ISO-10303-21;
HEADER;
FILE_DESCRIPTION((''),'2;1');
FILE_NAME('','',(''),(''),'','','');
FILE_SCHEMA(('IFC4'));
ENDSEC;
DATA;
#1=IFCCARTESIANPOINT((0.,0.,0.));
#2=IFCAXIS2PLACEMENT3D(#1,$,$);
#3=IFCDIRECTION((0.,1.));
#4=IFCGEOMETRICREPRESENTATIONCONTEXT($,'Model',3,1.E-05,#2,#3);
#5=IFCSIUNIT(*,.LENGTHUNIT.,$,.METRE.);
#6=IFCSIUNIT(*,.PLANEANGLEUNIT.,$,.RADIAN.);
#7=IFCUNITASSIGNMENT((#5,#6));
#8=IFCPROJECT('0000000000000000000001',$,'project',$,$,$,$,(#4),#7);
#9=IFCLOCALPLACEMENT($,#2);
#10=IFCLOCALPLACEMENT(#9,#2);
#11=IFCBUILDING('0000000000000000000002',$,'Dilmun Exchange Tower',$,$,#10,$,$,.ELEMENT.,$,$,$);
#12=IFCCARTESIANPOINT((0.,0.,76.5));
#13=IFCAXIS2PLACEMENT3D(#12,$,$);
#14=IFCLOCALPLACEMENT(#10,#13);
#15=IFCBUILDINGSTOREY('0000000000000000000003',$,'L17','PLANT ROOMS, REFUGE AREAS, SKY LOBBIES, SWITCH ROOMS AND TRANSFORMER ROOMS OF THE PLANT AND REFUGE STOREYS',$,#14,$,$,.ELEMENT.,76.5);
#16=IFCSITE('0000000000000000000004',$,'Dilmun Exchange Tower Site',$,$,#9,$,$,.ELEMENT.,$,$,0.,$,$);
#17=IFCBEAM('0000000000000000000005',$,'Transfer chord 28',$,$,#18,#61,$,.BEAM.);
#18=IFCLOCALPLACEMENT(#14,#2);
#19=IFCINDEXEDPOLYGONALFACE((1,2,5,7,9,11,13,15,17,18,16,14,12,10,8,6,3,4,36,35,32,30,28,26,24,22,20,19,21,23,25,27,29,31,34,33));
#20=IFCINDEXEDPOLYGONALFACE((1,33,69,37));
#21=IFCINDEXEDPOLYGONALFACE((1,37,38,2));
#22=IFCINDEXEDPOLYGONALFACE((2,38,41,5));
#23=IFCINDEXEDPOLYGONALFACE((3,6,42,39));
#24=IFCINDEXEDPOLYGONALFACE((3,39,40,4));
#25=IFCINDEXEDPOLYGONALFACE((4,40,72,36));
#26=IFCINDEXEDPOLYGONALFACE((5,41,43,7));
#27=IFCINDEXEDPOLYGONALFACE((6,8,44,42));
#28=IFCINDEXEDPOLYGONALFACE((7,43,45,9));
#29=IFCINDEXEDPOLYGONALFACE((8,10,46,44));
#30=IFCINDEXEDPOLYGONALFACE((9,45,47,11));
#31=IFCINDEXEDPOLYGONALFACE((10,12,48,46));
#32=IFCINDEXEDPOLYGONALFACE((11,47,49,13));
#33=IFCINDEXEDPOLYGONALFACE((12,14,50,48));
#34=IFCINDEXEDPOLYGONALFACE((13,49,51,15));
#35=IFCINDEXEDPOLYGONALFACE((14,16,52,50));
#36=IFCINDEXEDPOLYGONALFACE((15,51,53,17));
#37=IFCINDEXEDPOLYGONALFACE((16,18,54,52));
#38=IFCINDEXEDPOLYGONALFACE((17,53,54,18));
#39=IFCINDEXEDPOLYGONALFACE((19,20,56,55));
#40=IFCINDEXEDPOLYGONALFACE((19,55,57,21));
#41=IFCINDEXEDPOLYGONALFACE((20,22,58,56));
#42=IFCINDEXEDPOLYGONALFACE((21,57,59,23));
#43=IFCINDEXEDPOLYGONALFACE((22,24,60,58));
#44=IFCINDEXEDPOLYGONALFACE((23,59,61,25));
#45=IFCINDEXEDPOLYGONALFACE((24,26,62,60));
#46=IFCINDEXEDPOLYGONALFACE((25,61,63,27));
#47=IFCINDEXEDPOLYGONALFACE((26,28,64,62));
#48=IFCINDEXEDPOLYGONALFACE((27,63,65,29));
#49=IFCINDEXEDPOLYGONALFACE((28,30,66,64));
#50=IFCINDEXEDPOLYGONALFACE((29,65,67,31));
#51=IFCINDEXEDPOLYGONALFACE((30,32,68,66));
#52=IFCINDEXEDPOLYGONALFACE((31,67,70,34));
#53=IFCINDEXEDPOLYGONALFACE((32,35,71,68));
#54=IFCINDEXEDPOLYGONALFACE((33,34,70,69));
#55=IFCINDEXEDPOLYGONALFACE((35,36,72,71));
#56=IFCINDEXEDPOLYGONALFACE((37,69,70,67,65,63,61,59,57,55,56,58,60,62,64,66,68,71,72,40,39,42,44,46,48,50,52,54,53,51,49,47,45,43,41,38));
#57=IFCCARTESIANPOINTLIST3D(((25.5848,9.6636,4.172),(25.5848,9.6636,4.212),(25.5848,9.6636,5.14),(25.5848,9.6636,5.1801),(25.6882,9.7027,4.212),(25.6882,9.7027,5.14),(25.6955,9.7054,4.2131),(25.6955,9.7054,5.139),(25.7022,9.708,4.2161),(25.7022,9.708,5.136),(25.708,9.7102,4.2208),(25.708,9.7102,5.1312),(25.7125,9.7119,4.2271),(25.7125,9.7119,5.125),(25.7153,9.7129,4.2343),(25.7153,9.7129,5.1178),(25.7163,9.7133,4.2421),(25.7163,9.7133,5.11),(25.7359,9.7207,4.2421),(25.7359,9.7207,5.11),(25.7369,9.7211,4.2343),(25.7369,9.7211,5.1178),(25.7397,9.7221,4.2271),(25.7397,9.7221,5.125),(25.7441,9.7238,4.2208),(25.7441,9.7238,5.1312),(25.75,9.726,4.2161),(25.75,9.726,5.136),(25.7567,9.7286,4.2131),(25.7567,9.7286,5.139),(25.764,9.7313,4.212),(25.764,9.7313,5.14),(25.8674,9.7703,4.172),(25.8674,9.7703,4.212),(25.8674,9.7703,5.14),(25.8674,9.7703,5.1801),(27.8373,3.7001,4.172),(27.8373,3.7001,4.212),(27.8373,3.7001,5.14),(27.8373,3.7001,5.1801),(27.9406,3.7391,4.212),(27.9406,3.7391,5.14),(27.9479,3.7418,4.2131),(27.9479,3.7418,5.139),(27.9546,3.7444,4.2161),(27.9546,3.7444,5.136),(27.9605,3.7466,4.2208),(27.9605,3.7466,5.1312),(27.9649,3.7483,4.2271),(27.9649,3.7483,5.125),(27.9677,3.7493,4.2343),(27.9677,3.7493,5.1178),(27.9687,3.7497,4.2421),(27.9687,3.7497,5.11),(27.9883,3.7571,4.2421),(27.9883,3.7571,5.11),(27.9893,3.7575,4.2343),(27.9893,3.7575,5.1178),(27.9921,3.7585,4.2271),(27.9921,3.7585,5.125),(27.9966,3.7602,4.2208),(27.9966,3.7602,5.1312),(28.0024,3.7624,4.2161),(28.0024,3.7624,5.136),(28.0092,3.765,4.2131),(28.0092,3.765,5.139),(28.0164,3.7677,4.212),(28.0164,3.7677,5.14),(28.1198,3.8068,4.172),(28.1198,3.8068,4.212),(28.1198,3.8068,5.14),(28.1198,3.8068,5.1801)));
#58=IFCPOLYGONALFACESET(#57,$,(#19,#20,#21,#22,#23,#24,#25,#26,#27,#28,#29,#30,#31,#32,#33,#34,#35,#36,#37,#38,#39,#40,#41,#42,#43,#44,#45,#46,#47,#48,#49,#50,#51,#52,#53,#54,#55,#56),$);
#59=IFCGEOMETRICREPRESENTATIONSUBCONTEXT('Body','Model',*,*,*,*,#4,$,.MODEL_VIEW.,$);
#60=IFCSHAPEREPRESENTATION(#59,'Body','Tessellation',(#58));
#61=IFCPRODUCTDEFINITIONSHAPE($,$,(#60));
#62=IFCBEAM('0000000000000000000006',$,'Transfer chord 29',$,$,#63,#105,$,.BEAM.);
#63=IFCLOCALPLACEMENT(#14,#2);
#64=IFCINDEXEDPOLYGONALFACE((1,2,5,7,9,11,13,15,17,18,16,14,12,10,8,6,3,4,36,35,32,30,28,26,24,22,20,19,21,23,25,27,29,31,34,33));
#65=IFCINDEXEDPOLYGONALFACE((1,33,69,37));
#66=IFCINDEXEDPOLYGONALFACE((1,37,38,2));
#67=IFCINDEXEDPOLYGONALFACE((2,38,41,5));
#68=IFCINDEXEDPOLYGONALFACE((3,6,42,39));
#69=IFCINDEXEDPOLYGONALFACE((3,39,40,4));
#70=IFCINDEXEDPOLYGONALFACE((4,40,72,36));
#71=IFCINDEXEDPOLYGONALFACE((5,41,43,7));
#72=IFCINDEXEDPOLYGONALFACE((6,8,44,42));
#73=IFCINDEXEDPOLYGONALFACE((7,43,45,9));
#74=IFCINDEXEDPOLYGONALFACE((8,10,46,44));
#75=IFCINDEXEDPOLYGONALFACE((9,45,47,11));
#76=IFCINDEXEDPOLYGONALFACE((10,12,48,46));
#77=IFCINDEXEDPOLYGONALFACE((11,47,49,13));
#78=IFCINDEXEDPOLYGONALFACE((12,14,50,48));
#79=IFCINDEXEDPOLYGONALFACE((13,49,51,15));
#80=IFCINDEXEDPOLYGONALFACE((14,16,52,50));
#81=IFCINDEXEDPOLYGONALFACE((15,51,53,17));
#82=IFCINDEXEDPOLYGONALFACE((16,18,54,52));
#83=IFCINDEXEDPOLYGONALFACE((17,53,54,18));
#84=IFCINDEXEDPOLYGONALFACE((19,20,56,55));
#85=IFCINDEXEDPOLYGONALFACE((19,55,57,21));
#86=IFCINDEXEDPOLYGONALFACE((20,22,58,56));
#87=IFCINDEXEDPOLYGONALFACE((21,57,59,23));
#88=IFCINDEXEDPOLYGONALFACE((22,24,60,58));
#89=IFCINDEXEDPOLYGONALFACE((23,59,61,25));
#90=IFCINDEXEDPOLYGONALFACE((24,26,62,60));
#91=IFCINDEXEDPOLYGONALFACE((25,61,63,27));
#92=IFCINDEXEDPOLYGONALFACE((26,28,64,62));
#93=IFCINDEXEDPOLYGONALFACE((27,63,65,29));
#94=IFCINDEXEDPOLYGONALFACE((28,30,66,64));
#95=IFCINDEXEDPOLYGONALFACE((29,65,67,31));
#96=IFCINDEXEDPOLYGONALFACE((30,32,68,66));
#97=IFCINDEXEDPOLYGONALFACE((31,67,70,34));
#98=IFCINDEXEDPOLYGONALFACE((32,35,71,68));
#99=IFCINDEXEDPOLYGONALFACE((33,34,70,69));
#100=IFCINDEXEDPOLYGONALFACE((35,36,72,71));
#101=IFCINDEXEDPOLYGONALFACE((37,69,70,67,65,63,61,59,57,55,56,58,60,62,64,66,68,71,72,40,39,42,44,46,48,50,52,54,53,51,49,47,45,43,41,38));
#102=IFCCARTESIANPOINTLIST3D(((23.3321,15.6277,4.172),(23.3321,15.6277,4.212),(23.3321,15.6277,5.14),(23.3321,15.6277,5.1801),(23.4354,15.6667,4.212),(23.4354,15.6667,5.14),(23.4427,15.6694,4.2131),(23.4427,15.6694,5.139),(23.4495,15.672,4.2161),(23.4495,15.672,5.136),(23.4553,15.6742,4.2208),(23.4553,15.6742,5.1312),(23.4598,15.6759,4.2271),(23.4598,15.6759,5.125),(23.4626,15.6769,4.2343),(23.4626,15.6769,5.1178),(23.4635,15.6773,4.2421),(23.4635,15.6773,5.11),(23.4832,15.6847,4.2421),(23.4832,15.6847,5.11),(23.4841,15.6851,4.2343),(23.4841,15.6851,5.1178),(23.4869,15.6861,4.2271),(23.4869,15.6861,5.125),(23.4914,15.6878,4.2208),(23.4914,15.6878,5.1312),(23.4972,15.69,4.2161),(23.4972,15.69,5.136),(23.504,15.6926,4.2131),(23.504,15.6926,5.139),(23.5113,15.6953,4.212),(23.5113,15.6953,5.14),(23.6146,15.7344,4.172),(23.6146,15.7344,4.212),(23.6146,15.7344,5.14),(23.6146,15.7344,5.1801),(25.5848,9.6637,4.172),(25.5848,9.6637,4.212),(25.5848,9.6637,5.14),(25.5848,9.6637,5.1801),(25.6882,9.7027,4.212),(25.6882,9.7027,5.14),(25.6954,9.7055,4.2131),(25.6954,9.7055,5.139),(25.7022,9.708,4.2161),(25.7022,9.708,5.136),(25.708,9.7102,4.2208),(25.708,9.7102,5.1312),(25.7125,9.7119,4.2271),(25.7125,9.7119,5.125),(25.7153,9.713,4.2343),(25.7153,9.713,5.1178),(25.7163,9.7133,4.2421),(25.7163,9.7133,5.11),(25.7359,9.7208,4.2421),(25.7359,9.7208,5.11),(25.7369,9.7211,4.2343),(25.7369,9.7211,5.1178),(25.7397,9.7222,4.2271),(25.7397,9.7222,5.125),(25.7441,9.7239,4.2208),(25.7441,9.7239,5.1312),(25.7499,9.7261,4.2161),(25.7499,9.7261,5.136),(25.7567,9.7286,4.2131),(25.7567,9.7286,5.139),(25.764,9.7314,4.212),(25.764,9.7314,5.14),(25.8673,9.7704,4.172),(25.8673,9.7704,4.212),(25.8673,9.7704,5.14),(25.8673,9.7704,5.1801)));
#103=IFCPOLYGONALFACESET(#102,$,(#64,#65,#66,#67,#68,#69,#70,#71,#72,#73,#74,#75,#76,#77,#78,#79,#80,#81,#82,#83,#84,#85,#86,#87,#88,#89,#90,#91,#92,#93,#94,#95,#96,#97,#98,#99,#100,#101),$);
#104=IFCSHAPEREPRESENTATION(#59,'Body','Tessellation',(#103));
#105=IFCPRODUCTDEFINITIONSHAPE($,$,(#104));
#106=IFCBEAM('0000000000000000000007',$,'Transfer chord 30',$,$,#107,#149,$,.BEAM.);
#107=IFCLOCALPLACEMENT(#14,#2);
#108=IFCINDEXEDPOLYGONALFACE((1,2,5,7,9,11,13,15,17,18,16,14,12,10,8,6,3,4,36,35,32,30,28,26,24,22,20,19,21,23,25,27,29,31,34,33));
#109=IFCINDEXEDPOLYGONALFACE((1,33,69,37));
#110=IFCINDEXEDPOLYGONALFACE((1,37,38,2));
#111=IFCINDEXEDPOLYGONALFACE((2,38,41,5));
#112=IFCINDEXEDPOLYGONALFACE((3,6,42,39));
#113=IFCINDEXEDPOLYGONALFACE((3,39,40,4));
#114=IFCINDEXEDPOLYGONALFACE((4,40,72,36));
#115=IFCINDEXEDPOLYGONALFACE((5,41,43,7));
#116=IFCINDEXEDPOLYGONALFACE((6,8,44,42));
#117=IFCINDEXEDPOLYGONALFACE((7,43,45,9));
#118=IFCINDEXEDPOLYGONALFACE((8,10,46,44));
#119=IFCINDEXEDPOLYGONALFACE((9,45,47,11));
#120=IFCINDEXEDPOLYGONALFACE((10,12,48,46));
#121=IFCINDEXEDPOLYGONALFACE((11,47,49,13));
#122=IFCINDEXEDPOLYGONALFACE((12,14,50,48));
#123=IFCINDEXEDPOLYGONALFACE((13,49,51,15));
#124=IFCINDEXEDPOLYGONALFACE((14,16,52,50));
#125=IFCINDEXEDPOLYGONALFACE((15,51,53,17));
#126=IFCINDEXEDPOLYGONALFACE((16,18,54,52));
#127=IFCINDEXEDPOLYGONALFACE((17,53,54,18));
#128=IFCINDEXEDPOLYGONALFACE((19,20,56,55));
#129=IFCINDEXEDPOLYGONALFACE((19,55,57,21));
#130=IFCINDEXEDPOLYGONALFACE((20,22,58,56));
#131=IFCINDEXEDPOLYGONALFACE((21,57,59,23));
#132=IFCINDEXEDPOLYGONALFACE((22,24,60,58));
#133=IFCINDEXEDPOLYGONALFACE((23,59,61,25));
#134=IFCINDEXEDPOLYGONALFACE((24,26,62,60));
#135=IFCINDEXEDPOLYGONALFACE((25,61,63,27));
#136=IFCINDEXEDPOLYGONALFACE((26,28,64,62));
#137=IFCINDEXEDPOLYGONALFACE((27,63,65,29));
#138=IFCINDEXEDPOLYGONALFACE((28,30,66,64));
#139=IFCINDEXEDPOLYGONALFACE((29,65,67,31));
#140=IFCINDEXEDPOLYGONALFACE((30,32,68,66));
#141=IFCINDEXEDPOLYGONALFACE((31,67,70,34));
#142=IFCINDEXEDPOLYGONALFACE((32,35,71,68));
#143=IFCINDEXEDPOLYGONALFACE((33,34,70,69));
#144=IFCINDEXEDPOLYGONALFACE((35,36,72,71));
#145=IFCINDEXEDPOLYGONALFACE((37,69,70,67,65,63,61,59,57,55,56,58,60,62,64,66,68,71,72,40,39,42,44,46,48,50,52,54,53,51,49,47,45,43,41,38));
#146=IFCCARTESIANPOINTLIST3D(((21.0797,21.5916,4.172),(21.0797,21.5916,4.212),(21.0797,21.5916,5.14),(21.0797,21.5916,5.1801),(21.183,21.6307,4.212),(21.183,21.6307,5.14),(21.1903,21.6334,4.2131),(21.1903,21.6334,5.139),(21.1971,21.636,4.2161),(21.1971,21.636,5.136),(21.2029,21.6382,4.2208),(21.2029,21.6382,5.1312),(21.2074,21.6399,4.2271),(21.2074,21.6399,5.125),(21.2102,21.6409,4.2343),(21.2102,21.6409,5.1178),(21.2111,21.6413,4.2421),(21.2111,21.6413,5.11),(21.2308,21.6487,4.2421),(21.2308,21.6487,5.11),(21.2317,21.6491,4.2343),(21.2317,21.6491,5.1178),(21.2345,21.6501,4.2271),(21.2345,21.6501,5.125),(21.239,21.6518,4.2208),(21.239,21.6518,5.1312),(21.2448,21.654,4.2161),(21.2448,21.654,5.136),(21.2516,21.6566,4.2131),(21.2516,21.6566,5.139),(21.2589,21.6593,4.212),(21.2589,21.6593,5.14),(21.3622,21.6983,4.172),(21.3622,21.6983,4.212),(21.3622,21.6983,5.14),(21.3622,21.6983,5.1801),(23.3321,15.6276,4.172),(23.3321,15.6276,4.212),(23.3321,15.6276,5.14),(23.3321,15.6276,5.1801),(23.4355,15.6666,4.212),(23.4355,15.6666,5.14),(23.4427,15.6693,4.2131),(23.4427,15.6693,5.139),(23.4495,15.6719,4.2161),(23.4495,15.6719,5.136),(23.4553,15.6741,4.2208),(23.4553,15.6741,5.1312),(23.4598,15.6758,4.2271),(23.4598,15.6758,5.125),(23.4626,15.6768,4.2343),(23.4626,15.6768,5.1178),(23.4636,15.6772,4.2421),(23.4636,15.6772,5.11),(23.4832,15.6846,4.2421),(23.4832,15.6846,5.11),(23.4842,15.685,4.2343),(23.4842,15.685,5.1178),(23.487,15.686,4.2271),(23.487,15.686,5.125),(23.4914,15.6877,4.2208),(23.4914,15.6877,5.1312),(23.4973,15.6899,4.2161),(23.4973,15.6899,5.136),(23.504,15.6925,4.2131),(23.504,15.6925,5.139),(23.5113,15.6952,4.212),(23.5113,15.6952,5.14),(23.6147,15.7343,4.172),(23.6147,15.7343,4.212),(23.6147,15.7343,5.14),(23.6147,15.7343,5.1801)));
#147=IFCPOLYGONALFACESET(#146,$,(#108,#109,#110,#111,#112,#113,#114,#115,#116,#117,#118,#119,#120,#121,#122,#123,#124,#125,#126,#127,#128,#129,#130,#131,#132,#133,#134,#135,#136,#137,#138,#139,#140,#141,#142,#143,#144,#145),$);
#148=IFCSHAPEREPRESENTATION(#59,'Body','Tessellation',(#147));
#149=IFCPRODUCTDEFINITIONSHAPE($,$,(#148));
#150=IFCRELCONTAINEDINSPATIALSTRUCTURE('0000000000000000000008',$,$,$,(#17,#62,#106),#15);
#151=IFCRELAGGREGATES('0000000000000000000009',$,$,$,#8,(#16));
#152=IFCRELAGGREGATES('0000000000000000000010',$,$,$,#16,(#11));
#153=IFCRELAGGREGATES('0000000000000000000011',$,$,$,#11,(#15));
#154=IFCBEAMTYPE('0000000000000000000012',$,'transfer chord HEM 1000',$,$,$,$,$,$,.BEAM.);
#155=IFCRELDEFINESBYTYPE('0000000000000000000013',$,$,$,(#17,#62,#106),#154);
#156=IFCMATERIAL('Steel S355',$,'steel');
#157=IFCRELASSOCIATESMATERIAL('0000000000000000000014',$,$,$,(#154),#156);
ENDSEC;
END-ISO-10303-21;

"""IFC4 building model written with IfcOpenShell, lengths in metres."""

from ifc_helpers import new_model, si_unit, direction, frame, origin, origin_2d, place, context, subcontext, project, spatial, i_section, extrude, material, material_profile, profile_set, type_object, element, save


model = new_model("IFC4")

# Units and contexts
model_context = context("Model", 3, precision=1e-05, world=origin(), true_north=direction((0.0, 1.0)))
body_context = subcontext(model_context, "Body", "Model", "MODEL_VIEW")
ifc_project = project(units=[si_unit("LENGTHUNIT", "METRE"), si_unit("PLANEANGLEUNIT", "RADIAN")], contexts=[model_context])

# Site, building, storey
site_placement = place(None, origin())
site = spatial("IfcSite", under=ifc_project, at=site_placement, Name="Dilmun Exchange Tower Site", CompositionType="ELEMENT", RefElevation=0.0)
building_placement = place(site_placement, origin())
building = spatial("IfcBuilding", under=site, at=building_placement, Name="Dilmun Exchange Tower", CompositionType="ELEMENT")
storey_placement = place(building_placement, frame((0.0, 0.0, 76.5)))
storey = spatial("IfcBuildingStorey", under=building, at=storey_placement, Name="L17", Description="PLANT ROOMS, REFUGE AREAS, SKY LOBBIES, SWITCH ROOMS AND TRANSFORMER ROOMS OF THE PLANT AND REFUGE STOREYS", CompositionType="ELEMENT", Elevation=76.5)

# Beams
ifc_material_1 = material(Name="Steel S355", Category="steel")
ifc_material_profile_1 = material_profile(ifc_material_1, i_section(OverallWidth=0.302, OverallDepth=1.0081, WebThickness=0.021, FlangeThickness=0.04, FilletRadius=0.03, at=origin_2d()), Name="HEM 1000")
ifc_profile_set_1 = profile_set([ifc_material_profile_1], Name="Steel S355")
beam_type_1 = type_object("IfcBeamType", Name="transfer chord HEM 1000", PredefinedType="BEAM", material=ifc_profile_set_1)
beam_1_placement = place(storey_placement, frame((27.9785, 3.7534, 4.676), z_axis=(-0.353334, 0.935497, 0.0), x_axis=(-0.935497, -0.353334, 0.0)))
element("IfcBeam", 1, at=beam_1_placement, inside=storey, type_object=beam_type_1, Name="Transfer chord 28", PredefinedType="BEAM", context=body_context, shape_type="SweptSolid", body=[
    extrude(i_section(OverallWidth=0.302, OverallDepth=1.0081, WebThickness=0.021, FlangeThickness=0.04, FilletRadius=0.03, at=origin_2d()), origin(), (0.0, 0.0, 1.0), 6.3748),
])
for number, where, z_axis, x_axis, name in (
    (2, (25.7261, 9.717, 4.676), (-0.353355, 0.935489, 0.0), (-0.935489, -0.353355, 0.0), "Transfer chord 29"),
    (3, (23.4734, 15.6809, 4.676), (-0.353309, 0.935507, 0.0), (-0.935507, -0.353309, 0.0), "Transfer chord 30"),
):
    element("IfcBeam", number, at=place(storey_placement, frame(where, z_axis=z_axis, x_axis=x_axis)), inside=storey, type_object=beam_type_1, Name=name, PredefinedType="BEAM", context=body_context, shape_type="SweptSolid", body=[
        extrude(i_section(OverallWidth=0.302, OverallDepth=1.0081, WebThickness=0.021, FlangeThickness=0.04, FilletRadius=0.03, at=origin_2d()), origin(), (0.0, 0.0, 1.0), 6.3752),
    ])

save(model, "model.ifc")
